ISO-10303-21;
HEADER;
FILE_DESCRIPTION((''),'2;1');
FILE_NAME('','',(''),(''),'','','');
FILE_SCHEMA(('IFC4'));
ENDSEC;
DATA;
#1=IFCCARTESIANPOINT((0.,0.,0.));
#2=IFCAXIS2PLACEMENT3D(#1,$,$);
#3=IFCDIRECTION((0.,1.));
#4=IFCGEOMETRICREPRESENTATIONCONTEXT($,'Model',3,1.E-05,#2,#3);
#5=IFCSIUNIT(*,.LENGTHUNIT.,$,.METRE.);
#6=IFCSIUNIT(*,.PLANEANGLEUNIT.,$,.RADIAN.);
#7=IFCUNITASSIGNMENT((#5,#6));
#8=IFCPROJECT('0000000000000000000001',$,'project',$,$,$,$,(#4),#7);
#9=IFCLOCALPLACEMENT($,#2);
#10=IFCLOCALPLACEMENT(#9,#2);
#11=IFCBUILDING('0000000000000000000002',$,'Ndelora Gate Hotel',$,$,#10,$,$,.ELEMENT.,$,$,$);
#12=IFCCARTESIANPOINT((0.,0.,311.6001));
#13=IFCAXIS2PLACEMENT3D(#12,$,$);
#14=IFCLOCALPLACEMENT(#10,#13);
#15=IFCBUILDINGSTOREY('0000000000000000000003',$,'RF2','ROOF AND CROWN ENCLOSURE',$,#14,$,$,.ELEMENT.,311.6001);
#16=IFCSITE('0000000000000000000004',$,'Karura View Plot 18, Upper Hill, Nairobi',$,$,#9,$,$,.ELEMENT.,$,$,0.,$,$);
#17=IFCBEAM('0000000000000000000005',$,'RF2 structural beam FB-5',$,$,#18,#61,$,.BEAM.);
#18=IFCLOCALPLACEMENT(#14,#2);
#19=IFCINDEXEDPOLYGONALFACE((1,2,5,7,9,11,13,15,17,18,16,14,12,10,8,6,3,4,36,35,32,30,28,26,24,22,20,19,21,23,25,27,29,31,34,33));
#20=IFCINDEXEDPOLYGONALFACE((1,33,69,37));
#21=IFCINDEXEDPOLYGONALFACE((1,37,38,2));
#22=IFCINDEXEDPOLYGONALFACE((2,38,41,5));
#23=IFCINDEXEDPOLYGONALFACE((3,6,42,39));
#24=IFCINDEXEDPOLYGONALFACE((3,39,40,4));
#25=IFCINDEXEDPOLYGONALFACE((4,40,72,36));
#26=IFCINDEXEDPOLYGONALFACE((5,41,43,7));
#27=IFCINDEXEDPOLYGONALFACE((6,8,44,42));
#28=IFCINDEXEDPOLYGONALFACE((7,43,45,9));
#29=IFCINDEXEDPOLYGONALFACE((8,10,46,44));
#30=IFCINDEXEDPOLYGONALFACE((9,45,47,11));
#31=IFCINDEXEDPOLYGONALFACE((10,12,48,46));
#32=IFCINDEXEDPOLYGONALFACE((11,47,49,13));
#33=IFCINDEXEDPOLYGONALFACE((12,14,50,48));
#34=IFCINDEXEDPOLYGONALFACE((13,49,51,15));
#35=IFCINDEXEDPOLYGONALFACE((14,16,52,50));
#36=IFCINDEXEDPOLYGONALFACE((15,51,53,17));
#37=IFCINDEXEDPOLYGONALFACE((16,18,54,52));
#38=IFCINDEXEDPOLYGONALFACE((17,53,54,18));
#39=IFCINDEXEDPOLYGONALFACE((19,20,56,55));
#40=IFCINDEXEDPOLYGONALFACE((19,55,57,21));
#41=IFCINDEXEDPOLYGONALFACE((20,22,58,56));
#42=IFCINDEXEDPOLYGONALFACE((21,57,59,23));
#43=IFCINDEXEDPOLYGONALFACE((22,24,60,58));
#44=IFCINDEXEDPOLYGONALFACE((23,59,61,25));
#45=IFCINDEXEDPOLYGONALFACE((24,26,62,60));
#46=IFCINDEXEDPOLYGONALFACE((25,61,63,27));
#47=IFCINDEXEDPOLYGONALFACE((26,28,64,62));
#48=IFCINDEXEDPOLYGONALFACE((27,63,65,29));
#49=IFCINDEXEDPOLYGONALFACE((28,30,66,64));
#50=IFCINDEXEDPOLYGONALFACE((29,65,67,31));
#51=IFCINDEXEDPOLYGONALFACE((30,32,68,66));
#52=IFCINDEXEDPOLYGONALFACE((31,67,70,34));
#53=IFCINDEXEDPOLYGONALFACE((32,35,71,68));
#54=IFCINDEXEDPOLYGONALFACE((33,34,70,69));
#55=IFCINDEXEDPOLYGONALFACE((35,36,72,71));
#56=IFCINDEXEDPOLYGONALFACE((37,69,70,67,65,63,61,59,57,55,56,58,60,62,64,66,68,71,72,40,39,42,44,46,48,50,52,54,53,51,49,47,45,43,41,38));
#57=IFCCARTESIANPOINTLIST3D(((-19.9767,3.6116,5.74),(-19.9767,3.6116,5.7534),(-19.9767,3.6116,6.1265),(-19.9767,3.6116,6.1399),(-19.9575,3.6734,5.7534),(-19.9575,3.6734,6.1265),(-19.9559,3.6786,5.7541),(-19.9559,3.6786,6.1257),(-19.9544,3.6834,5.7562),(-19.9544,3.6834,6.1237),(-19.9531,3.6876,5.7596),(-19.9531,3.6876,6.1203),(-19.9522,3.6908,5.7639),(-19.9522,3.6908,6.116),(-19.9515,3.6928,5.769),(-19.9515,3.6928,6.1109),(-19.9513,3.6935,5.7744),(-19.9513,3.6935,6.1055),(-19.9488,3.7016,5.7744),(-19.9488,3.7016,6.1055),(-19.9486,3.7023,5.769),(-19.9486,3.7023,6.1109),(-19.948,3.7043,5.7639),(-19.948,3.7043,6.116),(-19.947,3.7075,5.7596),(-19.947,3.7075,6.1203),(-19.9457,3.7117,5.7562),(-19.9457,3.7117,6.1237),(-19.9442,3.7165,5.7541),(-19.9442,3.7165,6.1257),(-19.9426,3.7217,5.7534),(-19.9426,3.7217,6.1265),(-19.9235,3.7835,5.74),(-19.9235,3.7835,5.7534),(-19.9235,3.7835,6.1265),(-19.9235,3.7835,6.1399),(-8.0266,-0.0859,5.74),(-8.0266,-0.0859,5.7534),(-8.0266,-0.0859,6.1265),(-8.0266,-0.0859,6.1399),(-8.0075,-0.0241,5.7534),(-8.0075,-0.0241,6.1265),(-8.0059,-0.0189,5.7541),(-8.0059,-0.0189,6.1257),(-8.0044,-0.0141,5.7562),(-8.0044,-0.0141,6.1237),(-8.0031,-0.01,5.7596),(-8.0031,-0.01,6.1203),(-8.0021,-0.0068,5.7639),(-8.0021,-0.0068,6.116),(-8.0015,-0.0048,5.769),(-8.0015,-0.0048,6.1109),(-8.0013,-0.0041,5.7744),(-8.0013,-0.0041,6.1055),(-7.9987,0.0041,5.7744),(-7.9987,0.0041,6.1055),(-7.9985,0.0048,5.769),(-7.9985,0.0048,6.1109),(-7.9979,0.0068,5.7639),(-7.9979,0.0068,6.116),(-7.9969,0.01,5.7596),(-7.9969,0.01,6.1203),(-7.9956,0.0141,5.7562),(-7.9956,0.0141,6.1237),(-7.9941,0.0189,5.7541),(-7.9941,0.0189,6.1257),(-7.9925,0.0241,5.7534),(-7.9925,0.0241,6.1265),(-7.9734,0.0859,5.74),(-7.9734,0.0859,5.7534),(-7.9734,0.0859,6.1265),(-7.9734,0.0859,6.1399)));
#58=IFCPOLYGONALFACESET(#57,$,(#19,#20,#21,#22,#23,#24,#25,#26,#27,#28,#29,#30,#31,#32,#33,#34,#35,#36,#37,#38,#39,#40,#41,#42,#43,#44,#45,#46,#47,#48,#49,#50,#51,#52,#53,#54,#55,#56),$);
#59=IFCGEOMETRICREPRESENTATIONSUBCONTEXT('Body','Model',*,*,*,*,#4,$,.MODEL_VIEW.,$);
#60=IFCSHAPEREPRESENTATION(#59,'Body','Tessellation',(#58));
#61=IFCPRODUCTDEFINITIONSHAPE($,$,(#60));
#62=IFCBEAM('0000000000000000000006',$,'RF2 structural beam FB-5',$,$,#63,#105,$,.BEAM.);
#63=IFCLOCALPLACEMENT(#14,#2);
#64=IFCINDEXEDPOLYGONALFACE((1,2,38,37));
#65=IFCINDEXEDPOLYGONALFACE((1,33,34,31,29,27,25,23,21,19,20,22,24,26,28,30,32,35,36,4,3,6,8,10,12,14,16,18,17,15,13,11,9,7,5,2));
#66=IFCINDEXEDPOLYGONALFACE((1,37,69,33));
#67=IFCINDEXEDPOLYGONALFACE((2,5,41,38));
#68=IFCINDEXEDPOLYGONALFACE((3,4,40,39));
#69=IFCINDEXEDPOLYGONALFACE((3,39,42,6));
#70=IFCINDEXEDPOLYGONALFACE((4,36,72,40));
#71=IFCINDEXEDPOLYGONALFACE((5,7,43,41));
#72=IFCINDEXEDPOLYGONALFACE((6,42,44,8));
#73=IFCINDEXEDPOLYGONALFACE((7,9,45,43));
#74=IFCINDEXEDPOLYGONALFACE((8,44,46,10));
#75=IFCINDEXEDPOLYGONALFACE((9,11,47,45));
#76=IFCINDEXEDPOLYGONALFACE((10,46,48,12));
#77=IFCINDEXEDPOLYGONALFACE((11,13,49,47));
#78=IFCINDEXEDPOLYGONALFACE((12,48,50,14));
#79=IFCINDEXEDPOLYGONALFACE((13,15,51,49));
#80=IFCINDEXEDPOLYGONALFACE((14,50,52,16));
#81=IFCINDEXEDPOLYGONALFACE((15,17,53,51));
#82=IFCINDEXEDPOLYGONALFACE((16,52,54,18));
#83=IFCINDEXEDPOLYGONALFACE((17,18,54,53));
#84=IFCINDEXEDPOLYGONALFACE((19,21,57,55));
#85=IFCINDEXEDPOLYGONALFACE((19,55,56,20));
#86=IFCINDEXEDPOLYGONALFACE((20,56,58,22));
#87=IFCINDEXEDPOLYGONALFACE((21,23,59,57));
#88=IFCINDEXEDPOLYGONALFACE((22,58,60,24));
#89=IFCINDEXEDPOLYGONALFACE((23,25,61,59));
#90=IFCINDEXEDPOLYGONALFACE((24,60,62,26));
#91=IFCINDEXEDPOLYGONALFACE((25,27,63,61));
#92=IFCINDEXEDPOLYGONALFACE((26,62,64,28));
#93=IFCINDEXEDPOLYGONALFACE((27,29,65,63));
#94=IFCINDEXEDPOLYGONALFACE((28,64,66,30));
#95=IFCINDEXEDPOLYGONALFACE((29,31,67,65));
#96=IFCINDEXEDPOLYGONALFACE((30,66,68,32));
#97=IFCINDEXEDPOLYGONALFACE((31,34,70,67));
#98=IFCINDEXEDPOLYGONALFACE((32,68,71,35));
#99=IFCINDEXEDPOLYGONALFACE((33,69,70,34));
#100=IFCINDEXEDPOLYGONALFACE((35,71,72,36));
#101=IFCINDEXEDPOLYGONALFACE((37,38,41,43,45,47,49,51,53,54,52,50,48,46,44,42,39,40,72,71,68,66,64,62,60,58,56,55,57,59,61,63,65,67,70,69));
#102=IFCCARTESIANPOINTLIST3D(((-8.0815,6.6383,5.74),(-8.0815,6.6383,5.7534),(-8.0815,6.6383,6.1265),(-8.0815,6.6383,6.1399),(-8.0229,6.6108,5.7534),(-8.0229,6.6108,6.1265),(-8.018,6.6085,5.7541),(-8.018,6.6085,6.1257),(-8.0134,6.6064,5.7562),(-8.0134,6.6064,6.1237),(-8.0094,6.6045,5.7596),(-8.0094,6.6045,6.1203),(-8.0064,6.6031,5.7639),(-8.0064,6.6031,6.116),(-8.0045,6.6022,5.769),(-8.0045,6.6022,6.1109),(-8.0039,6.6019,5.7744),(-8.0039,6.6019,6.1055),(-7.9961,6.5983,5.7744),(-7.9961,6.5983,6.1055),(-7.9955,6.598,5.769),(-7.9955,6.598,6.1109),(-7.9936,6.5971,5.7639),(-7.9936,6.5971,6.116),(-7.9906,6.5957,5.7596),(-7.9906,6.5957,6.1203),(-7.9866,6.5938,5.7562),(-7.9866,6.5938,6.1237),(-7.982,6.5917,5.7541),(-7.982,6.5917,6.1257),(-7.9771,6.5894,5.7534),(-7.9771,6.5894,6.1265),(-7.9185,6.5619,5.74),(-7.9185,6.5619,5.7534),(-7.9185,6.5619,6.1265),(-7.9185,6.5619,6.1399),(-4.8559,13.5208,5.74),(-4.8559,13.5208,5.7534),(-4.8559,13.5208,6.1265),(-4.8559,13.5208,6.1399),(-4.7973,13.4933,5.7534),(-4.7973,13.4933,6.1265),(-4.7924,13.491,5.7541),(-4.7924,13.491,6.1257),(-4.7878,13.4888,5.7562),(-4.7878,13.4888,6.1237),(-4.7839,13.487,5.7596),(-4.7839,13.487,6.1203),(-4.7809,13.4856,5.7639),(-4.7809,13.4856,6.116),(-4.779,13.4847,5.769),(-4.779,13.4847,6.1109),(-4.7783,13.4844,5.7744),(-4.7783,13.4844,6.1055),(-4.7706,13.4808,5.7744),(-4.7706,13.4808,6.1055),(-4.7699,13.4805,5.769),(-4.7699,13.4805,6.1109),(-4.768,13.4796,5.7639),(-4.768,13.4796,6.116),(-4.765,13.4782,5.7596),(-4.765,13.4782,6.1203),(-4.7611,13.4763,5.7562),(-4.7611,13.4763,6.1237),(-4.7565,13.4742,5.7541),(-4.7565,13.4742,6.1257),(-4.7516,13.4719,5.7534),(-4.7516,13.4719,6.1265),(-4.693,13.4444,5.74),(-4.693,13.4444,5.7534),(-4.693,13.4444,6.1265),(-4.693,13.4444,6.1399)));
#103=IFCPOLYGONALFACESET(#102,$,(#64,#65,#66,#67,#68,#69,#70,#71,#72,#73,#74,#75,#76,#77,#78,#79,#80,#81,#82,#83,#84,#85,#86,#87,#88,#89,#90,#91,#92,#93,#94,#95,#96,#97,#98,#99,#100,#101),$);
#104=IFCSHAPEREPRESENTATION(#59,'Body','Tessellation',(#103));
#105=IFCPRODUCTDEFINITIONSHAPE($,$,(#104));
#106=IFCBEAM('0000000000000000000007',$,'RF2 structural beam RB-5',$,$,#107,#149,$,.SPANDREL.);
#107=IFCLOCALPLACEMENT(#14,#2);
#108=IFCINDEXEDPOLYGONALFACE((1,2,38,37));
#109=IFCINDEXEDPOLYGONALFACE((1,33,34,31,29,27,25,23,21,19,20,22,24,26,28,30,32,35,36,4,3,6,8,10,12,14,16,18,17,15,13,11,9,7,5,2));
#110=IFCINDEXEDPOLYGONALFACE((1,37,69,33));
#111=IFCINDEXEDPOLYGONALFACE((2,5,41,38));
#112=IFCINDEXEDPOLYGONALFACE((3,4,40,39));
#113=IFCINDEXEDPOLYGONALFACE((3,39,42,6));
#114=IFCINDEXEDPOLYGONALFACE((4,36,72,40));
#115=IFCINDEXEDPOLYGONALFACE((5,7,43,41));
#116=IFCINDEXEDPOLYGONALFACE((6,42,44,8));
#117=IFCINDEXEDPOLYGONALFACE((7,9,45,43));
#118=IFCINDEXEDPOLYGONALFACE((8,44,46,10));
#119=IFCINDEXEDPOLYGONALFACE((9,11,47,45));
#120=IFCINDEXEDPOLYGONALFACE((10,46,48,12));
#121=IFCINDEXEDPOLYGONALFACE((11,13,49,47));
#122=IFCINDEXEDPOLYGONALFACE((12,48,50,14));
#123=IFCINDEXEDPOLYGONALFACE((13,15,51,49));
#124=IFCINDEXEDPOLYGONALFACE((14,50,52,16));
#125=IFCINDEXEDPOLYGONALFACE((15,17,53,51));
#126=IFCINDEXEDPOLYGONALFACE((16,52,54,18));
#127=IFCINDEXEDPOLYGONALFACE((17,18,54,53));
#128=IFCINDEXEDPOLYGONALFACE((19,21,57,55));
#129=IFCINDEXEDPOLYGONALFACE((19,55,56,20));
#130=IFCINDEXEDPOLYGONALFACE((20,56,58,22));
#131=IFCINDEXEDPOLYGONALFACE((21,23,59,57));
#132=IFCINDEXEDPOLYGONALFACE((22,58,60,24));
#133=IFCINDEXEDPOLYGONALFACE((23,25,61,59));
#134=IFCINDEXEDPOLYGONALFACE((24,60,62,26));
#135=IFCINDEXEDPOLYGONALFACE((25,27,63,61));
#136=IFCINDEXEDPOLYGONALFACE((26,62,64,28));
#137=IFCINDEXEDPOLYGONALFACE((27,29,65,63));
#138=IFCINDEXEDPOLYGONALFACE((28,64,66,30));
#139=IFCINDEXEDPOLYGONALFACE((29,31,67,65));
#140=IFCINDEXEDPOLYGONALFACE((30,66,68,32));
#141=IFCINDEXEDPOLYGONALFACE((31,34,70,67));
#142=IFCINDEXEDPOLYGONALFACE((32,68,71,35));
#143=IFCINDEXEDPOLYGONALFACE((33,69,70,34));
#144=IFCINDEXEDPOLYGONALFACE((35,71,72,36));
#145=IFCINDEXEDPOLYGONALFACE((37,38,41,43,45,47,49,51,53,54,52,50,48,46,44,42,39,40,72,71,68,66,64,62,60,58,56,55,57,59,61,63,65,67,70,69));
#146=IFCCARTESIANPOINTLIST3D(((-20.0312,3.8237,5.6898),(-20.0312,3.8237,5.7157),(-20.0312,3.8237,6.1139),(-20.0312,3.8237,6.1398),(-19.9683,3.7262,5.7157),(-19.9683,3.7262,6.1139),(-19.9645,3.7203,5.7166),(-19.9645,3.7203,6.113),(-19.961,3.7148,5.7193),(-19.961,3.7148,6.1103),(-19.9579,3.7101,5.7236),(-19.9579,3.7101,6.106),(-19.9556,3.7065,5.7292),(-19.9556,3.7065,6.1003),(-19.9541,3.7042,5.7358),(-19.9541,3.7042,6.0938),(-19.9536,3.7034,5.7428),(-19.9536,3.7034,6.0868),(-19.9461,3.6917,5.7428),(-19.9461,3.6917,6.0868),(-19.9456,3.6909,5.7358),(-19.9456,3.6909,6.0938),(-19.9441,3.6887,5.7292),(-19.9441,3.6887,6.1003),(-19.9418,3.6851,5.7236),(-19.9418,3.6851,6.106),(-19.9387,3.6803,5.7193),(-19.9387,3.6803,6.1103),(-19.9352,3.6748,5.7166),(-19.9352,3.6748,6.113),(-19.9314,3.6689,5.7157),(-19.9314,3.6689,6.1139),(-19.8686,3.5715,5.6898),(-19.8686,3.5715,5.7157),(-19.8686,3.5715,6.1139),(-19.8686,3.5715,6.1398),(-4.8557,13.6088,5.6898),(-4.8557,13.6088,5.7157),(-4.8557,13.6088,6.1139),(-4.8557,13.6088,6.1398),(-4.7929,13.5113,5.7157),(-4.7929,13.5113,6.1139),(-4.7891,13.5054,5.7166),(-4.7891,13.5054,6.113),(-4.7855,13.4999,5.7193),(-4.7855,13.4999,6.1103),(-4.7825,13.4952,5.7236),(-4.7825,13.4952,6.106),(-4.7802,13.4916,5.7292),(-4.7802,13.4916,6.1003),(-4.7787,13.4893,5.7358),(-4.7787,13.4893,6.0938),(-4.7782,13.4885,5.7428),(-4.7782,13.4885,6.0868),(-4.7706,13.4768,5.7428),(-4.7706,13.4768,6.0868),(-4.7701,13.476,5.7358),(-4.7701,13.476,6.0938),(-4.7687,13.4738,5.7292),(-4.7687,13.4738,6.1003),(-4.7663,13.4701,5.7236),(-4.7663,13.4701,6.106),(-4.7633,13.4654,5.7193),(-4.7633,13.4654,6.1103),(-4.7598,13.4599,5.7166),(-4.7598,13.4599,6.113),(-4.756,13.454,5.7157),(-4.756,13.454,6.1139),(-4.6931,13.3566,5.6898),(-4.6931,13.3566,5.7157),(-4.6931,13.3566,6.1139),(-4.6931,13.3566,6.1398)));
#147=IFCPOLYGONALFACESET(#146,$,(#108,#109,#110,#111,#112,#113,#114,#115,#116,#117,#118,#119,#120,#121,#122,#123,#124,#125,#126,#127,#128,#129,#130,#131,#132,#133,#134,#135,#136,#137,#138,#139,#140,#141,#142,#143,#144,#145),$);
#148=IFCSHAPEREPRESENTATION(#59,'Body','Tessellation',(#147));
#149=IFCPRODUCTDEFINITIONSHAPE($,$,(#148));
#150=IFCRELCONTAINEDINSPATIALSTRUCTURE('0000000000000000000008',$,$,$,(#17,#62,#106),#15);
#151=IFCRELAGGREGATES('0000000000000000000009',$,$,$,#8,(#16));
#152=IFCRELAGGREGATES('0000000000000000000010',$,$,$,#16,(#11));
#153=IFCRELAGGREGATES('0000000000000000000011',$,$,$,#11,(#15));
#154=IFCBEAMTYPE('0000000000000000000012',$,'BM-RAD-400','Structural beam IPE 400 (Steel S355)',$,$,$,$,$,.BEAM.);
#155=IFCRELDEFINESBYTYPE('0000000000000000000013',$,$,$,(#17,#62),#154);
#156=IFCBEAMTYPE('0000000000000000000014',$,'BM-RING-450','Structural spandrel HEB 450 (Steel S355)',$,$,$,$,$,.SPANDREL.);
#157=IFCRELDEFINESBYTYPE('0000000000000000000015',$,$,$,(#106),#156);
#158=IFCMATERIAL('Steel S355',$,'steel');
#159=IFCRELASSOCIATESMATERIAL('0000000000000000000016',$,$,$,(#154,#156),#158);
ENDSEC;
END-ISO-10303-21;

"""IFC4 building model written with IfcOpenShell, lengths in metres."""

from ifc_helpers import new_model, si_unit, direction, frame, origin, origin_2d, place, context, subcontext, project, spatial, i_section, extrude, material, material_profile, profile_set, type_object, element, save


model = new_model("IFC4")

# Units and contexts
model_context = context("Model", 3, precision=1e-05, world=origin(), true_north=direction((0.0, 1.0)))
body_context = subcontext(model_context, "Body", "Model", "MODEL_VIEW")
ifc_project = project(units=[si_unit("LENGTHUNIT", "METRE"), si_unit("PLANEANGLEUNIT", "RADIAN")], contexts=[model_context])

# Site, building, storey
site_placement = place(None, origin())
site = spatial("IfcSite", under=ifc_project, at=site_placement, Name="Karura View Plot 18, Upper Hill, Nairobi", CompositionType="ELEMENT", RefElevation=0.0)
building_placement = place(site_placement, origin())
building = spatial("IfcBuilding", under=site, at=building_placement, Name="Ndelora Gate Hotel", CompositionType="ELEMENT")
storey_placement = place(building_placement, frame((0.0, 0.0, 311.6001)))
storey = spatial("IfcBuildingStorey", under=building, at=storey_placement, Name="RF2", Description="ROOF AND CROWN ENCLOSURE", CompositionType="ELEMENT", Elevation=311.6001)

# Beams
ifc_material_1 = material(Name="Steel S355", Category="steel")
ifc_material_profile_1 = material_profile(ifc_material_1, i_section(OverallWidth=0.1799, OverallDepth=0.3999, WebThickness=0.0085, FlangeThickness=0.0134, FilletRadius=0.021, at=origin_2d()), Name="IPE 400")
ifc_profile_set_1 = profile_set([ifc_material_profile_1], Name="Steel S355")
beam_type_1 = type_object("IfcBeamType", Name="BM-RAD-400", Description="Structural beam IPE 400 (Steel S355)", PredefinedType="BEAM", material=ifc_profile_set_1)
beam_1_placement = place(storey_placement, frame((-8.0, 0.0, 5.9399), z_axis=(-0.955315, 0.29559, 0.0), x_axis=(-0.29559, -0.955315, 0.0)))
element("IfcBeam", 1, at=beam_1_placement, inside=storey, type_object=beam_type_1, Name="RF2 structural beam FB-5", PredefinedType="BEAM", context=body_context, shape_type="SweptSolid", body=[
    extrude(i_section(OverallWidth=0.1799, OverallDepth=0.3999, WebThickness=0.0085, FlangeThickness=0.0134, FilletRadius=0.021, at=origin_2d()), origin(), (0.0, 0.0, 1.0), 12.509),
])
beam_2_placement = place(storey_placement, frame((-8.0, 6.6001, 5.9399), z_axis=(0.424367, 0.90549, 0.0), x_axis=(-0.90549, 0.424367, 0.0)))
element("IfcBeam", 2, at=beam_2_placement, inside=storey, type_object=beam_type_1, Name="RF2 structural beam FB-5", PredefinedType="BEAM", context=body_context, shape_type="SweptSolid", body=[
    extrude(i_section(OverallWidth=0.1799, OverallDepth=0.3999, WebThickness=0.0085, FlangeThickness=0.0134, FilletRadius=0.021, at=origin_2d()), origin(), (0.0, 0.0, 1.0), 7.6008),
])
ifc_material_profile_2 = material_profile(ifc_material_1, i_section(OverallWidth=0.3, OverallDepth=0.45, WebThickness=0.0139, FlangeThickness=0.0259, FilletRadius=0.0271, at=origin_2d()), Name="HEB 450")
ifc_profile_set_2 = profile_set([ifc_material_profile_2], Name="Steel S355")
beam_type_2 = type_object("IfcBeamType", Name="BM-RING-450", Description="Structural spandrel HEB 450 (Steel S355)", PredefinedType="SPANDREL", material=ifc_profile_set_2)
beam_3_placement = place(storey_placement, frame((-4.7744, 13.4827, 5.9148), z_axis=(-0.840436, -0.541911, 0.0), x_axis=(0.541911, -0.840436, 0.0)))
element("IfcBeam", 3, at=beam_3_placement, inside=storey, type_object=beam_type_2, Name="RF2 structural beam RB-5", PredefinedType="SPANDREL", context=body_context, shape_type="SweptSolid", body=[
    extrude(i_section(OverallWidth=0.3, OverallDepth=0.45, WebThickness=0.0139, FlangeThickness=0.0259, FilletRadius=0.0271, at=origin_2d()), origin(), (0.0, 0.0, 1.0), 18.0566),
])

save(model, "model.ifc")
